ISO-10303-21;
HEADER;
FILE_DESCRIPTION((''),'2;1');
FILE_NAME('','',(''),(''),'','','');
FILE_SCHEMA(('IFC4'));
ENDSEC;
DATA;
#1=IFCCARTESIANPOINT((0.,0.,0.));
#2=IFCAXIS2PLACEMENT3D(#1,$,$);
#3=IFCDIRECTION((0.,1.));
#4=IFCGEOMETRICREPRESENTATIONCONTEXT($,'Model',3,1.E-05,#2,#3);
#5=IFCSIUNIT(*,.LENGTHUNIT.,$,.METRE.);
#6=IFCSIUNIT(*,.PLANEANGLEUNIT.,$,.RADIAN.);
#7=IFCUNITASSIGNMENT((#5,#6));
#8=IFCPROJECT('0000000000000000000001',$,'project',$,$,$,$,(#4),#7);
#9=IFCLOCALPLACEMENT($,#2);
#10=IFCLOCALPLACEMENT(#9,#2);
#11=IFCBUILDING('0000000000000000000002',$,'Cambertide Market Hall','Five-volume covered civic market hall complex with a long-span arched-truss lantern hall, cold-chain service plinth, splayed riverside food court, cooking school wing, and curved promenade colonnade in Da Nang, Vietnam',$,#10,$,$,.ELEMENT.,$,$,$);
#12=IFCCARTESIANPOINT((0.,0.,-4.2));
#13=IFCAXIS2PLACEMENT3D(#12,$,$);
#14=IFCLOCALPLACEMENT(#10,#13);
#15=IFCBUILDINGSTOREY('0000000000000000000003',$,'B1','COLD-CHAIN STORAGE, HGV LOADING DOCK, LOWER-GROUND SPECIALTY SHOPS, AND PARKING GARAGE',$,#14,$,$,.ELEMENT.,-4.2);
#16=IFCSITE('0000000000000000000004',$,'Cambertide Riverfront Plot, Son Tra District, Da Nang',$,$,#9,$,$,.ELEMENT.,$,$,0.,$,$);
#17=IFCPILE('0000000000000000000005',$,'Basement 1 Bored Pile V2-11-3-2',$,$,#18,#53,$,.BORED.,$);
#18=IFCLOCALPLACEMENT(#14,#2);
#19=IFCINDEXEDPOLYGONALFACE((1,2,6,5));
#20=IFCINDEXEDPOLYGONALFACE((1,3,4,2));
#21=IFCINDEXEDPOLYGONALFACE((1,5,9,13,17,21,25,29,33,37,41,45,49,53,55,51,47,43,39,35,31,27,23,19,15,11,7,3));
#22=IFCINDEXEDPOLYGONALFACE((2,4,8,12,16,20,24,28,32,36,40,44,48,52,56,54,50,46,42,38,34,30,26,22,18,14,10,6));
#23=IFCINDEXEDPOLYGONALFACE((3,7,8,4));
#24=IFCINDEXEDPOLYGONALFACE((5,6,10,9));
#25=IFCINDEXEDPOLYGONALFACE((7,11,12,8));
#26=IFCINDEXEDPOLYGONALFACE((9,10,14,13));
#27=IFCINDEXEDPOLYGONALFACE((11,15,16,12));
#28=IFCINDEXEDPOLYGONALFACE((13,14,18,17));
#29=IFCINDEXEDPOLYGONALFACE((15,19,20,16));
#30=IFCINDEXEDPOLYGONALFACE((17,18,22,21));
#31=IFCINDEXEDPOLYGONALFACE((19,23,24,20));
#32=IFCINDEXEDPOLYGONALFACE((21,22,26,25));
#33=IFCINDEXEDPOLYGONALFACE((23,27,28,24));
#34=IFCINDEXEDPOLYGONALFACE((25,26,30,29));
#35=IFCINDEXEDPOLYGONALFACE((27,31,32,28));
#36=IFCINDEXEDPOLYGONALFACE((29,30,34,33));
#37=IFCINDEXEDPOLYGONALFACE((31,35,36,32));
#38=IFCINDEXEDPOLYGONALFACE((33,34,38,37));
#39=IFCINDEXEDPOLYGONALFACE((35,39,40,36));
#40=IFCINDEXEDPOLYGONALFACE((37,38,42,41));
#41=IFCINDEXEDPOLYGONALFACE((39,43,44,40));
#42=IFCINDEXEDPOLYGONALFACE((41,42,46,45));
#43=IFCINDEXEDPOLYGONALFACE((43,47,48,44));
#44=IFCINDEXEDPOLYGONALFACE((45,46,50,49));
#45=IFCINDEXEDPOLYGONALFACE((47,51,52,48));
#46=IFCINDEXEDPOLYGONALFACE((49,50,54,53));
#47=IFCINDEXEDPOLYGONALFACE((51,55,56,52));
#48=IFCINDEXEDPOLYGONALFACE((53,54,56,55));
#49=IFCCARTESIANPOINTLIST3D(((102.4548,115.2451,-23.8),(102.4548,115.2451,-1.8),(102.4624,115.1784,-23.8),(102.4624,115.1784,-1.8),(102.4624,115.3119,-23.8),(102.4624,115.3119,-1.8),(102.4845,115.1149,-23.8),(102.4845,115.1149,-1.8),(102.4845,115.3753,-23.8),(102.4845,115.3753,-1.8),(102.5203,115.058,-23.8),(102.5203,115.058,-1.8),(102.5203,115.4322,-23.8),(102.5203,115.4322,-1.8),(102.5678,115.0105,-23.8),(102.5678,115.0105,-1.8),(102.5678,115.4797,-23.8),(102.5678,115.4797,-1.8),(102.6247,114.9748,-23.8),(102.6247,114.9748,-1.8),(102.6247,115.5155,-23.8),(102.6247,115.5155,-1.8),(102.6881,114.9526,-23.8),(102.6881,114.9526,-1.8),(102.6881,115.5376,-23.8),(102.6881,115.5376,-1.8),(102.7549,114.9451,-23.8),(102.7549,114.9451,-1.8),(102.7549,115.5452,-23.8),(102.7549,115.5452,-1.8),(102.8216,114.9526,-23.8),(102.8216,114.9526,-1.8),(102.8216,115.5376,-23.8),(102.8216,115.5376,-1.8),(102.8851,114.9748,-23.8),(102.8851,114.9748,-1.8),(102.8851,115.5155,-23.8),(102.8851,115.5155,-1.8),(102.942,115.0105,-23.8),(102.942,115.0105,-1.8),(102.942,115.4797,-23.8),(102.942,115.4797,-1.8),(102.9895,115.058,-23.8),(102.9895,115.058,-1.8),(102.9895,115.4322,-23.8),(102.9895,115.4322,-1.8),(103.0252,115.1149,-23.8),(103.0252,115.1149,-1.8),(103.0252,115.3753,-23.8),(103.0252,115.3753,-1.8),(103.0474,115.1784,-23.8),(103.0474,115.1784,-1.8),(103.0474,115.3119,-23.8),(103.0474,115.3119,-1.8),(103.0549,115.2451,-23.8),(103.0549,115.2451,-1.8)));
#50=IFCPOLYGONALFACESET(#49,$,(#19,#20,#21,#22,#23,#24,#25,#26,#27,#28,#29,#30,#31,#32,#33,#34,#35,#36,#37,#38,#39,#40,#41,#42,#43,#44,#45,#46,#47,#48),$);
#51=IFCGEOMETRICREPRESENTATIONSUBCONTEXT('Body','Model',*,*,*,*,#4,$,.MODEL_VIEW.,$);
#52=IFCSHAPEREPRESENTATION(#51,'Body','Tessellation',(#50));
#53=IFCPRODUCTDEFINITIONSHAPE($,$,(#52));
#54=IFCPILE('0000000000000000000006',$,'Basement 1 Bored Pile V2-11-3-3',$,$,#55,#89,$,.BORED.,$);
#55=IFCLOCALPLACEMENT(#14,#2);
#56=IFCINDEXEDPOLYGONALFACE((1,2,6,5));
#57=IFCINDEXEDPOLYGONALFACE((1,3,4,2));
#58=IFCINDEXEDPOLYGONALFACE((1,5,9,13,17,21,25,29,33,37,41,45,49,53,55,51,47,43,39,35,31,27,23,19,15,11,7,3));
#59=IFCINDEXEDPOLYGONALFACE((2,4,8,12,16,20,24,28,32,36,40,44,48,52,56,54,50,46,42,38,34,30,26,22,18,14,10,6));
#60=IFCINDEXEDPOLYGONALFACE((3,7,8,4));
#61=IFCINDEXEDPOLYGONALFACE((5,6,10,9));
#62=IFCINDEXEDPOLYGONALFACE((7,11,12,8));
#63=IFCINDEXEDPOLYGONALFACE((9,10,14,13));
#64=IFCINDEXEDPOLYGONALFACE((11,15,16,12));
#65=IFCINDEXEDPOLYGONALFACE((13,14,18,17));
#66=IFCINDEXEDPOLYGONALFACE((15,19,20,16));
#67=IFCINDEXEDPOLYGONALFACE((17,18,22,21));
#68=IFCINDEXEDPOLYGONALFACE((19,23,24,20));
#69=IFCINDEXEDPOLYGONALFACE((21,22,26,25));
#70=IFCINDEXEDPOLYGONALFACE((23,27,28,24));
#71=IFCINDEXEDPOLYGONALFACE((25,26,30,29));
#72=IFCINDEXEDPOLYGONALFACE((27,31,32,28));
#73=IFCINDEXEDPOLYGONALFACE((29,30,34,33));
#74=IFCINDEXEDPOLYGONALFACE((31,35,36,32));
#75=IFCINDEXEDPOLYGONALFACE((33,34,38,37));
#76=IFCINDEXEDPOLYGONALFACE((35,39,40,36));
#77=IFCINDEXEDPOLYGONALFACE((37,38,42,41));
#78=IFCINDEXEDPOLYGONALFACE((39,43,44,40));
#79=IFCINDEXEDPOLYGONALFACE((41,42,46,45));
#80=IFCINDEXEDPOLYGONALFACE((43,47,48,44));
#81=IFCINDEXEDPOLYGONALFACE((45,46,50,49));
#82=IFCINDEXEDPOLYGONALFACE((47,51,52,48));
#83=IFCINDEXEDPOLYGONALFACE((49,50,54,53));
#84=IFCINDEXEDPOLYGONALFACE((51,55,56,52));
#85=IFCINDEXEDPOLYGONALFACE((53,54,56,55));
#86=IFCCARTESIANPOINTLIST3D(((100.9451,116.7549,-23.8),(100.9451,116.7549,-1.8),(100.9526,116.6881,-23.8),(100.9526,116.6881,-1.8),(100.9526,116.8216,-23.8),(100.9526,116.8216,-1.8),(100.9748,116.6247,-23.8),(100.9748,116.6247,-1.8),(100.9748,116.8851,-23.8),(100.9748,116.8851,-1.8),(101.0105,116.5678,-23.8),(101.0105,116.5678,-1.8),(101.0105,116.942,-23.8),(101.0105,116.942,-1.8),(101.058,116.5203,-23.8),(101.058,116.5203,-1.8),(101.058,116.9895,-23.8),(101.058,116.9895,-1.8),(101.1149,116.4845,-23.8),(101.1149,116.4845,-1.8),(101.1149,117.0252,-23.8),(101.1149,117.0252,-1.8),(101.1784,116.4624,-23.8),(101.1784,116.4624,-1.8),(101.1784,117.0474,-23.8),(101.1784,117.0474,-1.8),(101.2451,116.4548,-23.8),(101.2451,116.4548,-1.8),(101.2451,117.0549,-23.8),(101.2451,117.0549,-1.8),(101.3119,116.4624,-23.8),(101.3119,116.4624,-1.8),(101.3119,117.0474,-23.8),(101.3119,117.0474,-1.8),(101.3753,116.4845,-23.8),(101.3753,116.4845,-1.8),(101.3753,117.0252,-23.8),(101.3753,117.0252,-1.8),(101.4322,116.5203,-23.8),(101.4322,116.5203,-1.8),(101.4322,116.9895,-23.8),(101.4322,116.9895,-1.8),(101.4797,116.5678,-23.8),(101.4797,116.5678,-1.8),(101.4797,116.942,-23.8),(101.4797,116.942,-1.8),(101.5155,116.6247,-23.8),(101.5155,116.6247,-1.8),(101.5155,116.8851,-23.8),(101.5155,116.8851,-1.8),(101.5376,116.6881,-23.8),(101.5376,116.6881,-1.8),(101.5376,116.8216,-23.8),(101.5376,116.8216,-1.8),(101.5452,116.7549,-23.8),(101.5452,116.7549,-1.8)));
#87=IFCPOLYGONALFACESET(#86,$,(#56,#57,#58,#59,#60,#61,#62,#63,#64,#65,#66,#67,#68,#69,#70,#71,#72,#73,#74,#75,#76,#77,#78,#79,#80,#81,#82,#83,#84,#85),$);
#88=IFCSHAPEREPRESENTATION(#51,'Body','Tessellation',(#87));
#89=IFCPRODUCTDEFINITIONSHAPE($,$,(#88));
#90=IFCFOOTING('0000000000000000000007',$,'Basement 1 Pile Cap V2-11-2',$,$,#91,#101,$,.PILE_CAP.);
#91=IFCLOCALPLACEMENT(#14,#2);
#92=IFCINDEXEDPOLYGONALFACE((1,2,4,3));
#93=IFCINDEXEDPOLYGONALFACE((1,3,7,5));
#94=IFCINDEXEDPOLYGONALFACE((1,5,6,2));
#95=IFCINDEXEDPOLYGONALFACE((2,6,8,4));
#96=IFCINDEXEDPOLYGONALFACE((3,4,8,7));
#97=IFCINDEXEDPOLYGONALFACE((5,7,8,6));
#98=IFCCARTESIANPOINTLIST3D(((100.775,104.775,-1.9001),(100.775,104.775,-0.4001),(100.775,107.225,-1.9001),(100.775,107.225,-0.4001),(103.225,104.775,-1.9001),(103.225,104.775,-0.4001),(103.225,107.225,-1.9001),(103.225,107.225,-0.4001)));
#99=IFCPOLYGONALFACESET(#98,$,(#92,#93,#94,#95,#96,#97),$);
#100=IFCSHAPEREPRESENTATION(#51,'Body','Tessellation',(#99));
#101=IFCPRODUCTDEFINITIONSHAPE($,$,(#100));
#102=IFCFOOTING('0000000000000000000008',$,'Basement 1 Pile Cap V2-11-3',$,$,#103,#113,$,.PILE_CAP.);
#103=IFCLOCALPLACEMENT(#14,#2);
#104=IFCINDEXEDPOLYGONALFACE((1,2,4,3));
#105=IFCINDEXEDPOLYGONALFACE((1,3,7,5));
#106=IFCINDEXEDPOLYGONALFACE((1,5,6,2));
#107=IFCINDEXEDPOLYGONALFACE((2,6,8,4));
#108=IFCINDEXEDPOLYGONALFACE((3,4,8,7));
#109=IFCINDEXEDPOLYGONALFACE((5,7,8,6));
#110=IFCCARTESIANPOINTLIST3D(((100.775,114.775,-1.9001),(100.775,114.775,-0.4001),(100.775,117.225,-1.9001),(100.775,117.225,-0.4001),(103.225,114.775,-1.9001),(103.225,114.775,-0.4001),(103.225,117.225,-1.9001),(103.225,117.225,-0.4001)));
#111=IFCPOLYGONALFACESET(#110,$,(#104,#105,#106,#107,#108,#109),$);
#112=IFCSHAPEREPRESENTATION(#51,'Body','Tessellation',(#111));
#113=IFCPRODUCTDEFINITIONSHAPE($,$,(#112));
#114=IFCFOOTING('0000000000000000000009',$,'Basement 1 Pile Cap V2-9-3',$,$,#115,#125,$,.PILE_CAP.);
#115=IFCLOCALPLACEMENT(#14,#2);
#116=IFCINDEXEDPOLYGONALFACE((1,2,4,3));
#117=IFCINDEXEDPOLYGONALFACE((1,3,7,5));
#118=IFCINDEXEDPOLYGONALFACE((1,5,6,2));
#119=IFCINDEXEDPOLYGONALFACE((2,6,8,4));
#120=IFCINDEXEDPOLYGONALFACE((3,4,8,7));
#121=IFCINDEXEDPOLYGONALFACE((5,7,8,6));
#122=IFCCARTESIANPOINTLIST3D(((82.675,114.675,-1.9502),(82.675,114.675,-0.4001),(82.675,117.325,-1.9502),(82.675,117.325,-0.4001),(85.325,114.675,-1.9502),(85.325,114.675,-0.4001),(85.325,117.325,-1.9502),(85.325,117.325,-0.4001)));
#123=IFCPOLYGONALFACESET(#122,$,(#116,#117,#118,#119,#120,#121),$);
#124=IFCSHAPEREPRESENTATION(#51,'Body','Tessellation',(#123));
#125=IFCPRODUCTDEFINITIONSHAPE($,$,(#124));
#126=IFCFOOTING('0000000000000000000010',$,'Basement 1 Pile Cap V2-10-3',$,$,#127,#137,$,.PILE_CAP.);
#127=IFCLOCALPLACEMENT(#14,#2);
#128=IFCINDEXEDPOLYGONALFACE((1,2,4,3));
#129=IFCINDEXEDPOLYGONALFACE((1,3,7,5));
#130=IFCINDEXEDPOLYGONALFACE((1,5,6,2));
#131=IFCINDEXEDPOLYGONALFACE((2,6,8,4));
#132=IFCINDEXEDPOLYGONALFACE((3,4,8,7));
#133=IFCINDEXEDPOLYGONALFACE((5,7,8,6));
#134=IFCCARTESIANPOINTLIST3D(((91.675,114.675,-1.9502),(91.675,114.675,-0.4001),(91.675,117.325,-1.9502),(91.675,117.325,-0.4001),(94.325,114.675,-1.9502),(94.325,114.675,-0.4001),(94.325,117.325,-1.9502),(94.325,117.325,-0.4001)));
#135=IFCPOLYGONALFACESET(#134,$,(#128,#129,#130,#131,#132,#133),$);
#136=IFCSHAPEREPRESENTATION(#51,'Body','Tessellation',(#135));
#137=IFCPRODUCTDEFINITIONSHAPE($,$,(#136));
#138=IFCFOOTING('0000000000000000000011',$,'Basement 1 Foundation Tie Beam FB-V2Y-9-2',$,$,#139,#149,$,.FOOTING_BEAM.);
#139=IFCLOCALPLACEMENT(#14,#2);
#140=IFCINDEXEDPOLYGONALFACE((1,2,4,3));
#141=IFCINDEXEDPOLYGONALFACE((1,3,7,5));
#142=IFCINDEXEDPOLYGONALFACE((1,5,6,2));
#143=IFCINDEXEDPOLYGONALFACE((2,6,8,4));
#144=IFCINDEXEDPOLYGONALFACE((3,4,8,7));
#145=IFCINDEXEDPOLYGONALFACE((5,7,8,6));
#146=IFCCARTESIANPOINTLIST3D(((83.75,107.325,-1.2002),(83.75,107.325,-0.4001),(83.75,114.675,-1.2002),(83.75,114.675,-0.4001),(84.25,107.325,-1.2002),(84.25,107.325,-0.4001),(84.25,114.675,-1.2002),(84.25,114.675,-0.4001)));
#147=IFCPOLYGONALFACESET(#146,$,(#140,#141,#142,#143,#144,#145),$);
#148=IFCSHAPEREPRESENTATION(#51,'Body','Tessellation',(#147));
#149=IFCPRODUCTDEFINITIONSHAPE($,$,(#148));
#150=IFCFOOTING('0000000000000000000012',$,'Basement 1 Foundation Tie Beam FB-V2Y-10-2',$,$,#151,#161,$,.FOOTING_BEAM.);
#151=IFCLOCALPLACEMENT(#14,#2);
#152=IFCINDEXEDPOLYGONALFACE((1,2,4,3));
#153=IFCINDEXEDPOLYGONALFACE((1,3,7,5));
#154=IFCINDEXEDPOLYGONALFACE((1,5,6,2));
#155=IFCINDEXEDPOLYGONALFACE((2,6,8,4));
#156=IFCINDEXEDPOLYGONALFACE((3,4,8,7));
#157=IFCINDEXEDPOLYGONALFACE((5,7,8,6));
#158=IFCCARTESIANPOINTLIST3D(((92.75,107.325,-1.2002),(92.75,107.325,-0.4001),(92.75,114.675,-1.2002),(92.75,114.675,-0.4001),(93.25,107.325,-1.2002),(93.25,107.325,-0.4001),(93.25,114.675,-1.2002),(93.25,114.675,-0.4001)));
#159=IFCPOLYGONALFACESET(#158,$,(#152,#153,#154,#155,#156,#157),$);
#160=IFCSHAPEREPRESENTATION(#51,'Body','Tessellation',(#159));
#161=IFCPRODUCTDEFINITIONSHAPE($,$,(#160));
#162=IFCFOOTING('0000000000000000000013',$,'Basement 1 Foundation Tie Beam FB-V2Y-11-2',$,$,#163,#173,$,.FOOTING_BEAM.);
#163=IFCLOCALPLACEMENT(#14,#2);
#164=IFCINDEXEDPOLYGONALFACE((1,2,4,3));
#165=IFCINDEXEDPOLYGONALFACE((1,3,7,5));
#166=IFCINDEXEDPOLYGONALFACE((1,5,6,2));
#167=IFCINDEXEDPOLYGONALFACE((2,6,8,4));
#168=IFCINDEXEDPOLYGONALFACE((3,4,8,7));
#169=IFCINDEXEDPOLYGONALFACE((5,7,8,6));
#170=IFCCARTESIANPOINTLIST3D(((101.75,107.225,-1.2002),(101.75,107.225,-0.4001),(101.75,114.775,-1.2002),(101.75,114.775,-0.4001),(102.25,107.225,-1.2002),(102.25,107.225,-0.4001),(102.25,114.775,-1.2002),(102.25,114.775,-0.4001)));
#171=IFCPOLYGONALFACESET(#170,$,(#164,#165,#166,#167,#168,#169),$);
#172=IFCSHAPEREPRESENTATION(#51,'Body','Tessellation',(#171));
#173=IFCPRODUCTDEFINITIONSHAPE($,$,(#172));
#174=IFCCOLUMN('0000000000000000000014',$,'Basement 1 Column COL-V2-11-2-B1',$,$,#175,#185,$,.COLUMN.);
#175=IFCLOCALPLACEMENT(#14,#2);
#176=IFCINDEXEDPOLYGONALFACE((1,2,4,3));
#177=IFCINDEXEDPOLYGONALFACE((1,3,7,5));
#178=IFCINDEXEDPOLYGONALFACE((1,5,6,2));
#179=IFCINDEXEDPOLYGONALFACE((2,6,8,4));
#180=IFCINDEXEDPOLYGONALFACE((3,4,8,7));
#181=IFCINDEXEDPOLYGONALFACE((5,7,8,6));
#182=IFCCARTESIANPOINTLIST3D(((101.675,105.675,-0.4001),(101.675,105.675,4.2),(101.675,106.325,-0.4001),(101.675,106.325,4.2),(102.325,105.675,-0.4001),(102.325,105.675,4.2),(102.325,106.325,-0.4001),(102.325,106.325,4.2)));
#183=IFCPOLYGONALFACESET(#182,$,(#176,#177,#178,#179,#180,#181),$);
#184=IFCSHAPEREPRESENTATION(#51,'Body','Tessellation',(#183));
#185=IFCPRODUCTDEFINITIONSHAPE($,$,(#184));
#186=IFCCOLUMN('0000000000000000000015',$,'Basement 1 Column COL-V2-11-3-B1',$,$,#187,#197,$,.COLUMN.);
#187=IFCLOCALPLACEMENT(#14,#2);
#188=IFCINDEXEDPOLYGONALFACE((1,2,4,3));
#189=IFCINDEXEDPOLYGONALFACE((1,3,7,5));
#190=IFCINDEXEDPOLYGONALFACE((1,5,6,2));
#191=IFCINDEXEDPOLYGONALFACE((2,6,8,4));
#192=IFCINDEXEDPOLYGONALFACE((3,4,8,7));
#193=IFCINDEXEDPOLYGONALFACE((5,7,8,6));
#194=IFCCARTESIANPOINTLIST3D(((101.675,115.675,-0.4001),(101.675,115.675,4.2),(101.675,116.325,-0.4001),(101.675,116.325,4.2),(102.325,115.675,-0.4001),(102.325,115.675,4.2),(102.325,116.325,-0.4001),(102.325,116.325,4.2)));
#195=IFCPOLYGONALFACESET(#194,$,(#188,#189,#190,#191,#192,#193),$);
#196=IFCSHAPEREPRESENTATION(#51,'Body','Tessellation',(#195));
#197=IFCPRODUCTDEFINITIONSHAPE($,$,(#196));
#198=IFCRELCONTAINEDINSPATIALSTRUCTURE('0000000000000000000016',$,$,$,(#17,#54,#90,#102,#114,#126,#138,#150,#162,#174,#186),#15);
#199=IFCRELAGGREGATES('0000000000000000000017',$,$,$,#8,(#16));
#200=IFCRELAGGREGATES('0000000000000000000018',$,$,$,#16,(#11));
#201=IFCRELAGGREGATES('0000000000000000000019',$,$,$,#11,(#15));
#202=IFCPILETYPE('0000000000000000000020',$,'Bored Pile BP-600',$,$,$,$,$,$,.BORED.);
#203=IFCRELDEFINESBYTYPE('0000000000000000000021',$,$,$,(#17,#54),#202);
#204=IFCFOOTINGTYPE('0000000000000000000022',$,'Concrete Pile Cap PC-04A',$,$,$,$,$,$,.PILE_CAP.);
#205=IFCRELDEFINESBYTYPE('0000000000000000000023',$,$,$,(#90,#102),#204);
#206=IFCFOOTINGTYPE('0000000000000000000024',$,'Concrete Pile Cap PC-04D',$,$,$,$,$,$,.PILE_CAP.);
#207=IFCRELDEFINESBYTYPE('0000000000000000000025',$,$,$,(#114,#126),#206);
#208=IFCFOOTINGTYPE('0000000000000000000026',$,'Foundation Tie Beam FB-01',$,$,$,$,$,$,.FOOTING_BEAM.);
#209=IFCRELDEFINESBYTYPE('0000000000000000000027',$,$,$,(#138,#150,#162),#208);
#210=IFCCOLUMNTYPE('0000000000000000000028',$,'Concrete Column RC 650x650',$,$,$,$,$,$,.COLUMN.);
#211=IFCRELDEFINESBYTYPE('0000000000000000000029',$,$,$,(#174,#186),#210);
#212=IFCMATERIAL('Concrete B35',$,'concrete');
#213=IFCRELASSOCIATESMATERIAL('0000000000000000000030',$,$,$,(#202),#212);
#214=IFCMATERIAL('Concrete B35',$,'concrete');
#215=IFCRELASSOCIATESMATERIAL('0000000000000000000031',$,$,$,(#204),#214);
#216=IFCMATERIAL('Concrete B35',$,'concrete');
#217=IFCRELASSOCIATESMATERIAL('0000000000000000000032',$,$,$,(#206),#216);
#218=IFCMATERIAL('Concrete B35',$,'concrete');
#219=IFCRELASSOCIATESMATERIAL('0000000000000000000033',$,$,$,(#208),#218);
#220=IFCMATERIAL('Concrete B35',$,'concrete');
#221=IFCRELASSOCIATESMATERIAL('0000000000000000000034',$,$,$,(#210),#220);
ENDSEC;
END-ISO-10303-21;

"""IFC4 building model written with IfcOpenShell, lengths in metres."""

from ifc_helpers import new_model, si_unit, direction, frame, origin, origin_2d, place, context, subcontext, project, spatial, rectangle, circle, extrude, material, material_profile, profile_set, type_object, element, save


model = new_model("IFC4")

# Units and contexts
model_context = context("Model", 3, precision=1e-05, world=origin(), true_north=direction((0.0, 1.0)))
body_context = subcontext(model_context, "Body", "Model", "MODEL_VIEW")
ifc_project = project(units=[si_unit("LENGTHUNIT", "METRE"), si_unit("PLANEANGLEUNIT", "RADIAN")], contexts=[model_context])

# Site, building, storey
site_placement = place(None, origin())
site = spatial("IfcSite", under=ifc_project, at=site_placement, Name="Cambertide Riverfront Plot, Son Tra District, Da Nang", CompositionType="ELEMENT", RefElevation=0.0)
building_placement = place(site_placement, origin())
building = spatial("IfcBuilding", under=site, at=building_placement, Name="Cambertide Market Hall", Description="Five-volume covered civic market hall complex with a long-span arched-truss lantern hall, cold-chain service plinth, splayed riverside food court, cooking school wing, and curved promenade colonnade in Da Nang, Vietnam", CompositionType="ELEMENT")
storey_placement = place(building_placement, frame((0.0, 0.0, -4.2)))
storey = spatial("IfcBuildingStorey", under=building, at=storey_placement, Name="B1", Description="COLD-CHAIN STORAGE, HGV LOADING DOCK, LOWER-GROUND SPECIALTY SHOPS, AND PARKING GARAGE", CompositionType="ELEMENT", Elevation=-4.2)

# Piles
ifc_material_1 = material(Name="Concrete B35", Category="concrete")
ifc_material_profile_1 = material_profile(ifc_material_1, circle(Radius=0.3, at=origin_2d()), Name="BP D600")
ifc_profile_set_1 = profile_set([ifc_material_profile_1], Name="Concrete B35")
pile_type = type_object("IfcPileType", Name="Bored Pile BP-600", PredefinedType="BORED", material=ifc_profile_set_1)
for number, where, z_axis, x_axis, name in (
    (1, (102.7549, 115.2451, -1.8), (0.0, 0.0, -1.0), (1.0, 0.0, 0.0), "Basement 1 Bored Pile V2-11-3-2"),
    (2, (101.2451, 116.7549, -1.8), (0.0, 0.0, -1.0), (1.0, 0.0, 0.0), "Basement 1 Bored Pile V2-11-3-3"),
):
    element("IfcPile", number, at=place(storey_placement, frame(where, z_axis=z_axis, x_axis=x_axis)), inside=storey, type_object=pile_type, Name=name, PredefinedType="BORED", context=body_context, shape_type="SweptSolid", body=[
        extrude(circle(Radius=0.3, at=origin_2d()), origin(), (0.0, 0.0, 1.0), 22.0),
    ])

# Footings
ifc_material_2 = material(Name="Concrete B35", Category="concrete")
footing_type_1 = type_object("IfcFootingType", Name="Concrete Pile Cap PC-04A", PredefinedType="PILE_CAP", material=ifc_material_2)
for number, where, z_axis, x_axis, name in (
    (3, (102.0, 106.0, -1.9001), (0.0, 0.0, 1.0), (1.0, 0.0, 0.0), "Basement 1 Pile Cap V2-11-2"),
    (4, (102.0, 116.0, -1.9001), (0.0, 0.0, 1.0), (1.0, 0.0, 0.0), "Basement 1 Pile Cap V2-11-3"),
):
    element("IfcFooting", number, at=place(storey_placement, frame(where, z_axis=z_axis, x_axis=x_axis)), inside=storey, type_object=footing_type_1, Name=name, PredefinedType="PILE_CAP", context=body_context, shape_type="SweptSolid", body=[
        extrude(rectangle(XDim=2.45, YDim=2.45, at=origin_2d()), origin(), (0.0, 0.0, 1.0), 1.5),
    ])
ifc_material_3 = material(Name="Concrete B35", Category="concrete")
footing_type_2 = type_object("IfcFootingType", Name="Concrete Pile Cap PC-04D", PredefinedType="PILE_CAP", material=ifc_material_3)
for number, where, z_axis, x_axis, name in (
    (5, (84.0, 116.0, -1.9502), (0.0, 0.0, 1.0), (1.0, 0.0, 0.0), "Basement 1 Pile Cap V2-9-3"),
    (6, (93.0, 116.0, -1.9502), (0.0, 0.0, 1.0), (1.0, 0.0, 0.0), "Basement 1 Pile Cap V2-10-3"),
):
    element("IfcFooting", number, at=place(storey_placement, frame(where, z_axis=z_axis, x_axis=x_axis)), inside=storey, type_object=footing_type_2, Name=name, PredefinedType="PILE_CAP", context=body_context, shape_type="SweptSolid", body=[
        extrude(rectangle(XDim=2.6499, YDim=2.6499, at=origin_2d()), origin(), (0.0, 0.0, 1.0), 1.55),
    ])
ifc_material_4 = material(Name="Concrete B35", Category="concrete")
footing_type_3 = type_object("IfcFootingType", Name="Foundation Tie Beam FB-01", PredefinedType="FOOTING_BEAM", material=ifc_material_4)
for number, where, z_axis, x_axis, name in (
    (7, (84.0, 111.0, -1.2002), (0.0, 0.0, 1.0), (0.0, 1.0, 0.0), "Basement 1 Foundation Tie Beam FB-V2Y-9-2"),
    (8, (93.0, 111.0, -1.2002), (0.0, 0.0, 1.0), (0.0, 1.0, 0.0), "Basement 1 Foundation Tie Beam FB-V2Y-10-2"),
):
    element("IfcFooting", number, at=place(storey_placement, frame(where, z_axis=z_axis, x_axis=x_axis)), inside=storey, type_object=footing_type_3, Name=name, PredefinedType="FOOTING_BEAM", context=body_context, shape_type="SweptSolid", body=[
        extrude(rectangle(XDim=7.3501, YDim=0.5, at=origin_2d()), origin(), (0.0, 0.0, 1.0), 0.8),
    ])
footing_placement = place(storey_placement, frame((102.0, 111.0, -1.2002), z_axis=(0.0, 0.0, 1.0), x_axis=(0.0, 1.0, 0.0)))
element("IfcFooting", 9, at=footing_placement, inside=storey, type_object=footing_type_3, Name="Basement 1 Foundation Tie Beam FB-V2Y-11-2", PredefinedType="FOOTING_BEAM", context=body_context, shape_type="SweptSolid", body=[
    extrude(rectangle(XDim=7.55, YDim=0.5, at=origin_2d()), origin(), (0.0, 0.0, 1.0), 0.8),
])

# Columns
ifc_material_5 = material(Name="Concrete B35", Category="concrete")
ifc_material_profile_2 = material_profile(ifc_material_5, rectangle(XDim=0.6499, YDim=0.6499, at=origin_2d()), Name="RC 650x650")
ifc_profile_set_2 = profile_set([ifc_material_profile_2], Name="Concrete B35")
column_type_1 = type_object("IfcColumnType", Name="Concrete Column RC 650x650", PredefinedType="COLUMN", material=ifc_profile_set_2)
for number, where, z_axis, x_axis, name in (
    (10, (102.0, 106.0, -0.4001), (0.0, 0.0, 1.0), (1.0, 0.0, 0.0), "Basement 1 Column COL-V2-11-2-B1"),
    (11, (102.0, 116.0, -0.4001), (0.0, 0.0, 1.0), (1.0, 0.0, 0.0), "Basement 1 Column COL-V2-11-3-B1"),
):
    element("IfcColumn", number, at=place(storey_placement, frame(where, z_axis=z_axis, x_axis=x_axis)), inside=storey, type_object=column_type_1, Name=name, PredefinedType="COLUMN", context=body_context, shape_type="SweptSolid", body=[
        extrude(rectangle(XDim=0.6499, YDim=0.6499, at=origin_2d()), origin(), (0.0, 0.0, 1.0), 4.6001),
    ])

save(model, "model.ifc")
